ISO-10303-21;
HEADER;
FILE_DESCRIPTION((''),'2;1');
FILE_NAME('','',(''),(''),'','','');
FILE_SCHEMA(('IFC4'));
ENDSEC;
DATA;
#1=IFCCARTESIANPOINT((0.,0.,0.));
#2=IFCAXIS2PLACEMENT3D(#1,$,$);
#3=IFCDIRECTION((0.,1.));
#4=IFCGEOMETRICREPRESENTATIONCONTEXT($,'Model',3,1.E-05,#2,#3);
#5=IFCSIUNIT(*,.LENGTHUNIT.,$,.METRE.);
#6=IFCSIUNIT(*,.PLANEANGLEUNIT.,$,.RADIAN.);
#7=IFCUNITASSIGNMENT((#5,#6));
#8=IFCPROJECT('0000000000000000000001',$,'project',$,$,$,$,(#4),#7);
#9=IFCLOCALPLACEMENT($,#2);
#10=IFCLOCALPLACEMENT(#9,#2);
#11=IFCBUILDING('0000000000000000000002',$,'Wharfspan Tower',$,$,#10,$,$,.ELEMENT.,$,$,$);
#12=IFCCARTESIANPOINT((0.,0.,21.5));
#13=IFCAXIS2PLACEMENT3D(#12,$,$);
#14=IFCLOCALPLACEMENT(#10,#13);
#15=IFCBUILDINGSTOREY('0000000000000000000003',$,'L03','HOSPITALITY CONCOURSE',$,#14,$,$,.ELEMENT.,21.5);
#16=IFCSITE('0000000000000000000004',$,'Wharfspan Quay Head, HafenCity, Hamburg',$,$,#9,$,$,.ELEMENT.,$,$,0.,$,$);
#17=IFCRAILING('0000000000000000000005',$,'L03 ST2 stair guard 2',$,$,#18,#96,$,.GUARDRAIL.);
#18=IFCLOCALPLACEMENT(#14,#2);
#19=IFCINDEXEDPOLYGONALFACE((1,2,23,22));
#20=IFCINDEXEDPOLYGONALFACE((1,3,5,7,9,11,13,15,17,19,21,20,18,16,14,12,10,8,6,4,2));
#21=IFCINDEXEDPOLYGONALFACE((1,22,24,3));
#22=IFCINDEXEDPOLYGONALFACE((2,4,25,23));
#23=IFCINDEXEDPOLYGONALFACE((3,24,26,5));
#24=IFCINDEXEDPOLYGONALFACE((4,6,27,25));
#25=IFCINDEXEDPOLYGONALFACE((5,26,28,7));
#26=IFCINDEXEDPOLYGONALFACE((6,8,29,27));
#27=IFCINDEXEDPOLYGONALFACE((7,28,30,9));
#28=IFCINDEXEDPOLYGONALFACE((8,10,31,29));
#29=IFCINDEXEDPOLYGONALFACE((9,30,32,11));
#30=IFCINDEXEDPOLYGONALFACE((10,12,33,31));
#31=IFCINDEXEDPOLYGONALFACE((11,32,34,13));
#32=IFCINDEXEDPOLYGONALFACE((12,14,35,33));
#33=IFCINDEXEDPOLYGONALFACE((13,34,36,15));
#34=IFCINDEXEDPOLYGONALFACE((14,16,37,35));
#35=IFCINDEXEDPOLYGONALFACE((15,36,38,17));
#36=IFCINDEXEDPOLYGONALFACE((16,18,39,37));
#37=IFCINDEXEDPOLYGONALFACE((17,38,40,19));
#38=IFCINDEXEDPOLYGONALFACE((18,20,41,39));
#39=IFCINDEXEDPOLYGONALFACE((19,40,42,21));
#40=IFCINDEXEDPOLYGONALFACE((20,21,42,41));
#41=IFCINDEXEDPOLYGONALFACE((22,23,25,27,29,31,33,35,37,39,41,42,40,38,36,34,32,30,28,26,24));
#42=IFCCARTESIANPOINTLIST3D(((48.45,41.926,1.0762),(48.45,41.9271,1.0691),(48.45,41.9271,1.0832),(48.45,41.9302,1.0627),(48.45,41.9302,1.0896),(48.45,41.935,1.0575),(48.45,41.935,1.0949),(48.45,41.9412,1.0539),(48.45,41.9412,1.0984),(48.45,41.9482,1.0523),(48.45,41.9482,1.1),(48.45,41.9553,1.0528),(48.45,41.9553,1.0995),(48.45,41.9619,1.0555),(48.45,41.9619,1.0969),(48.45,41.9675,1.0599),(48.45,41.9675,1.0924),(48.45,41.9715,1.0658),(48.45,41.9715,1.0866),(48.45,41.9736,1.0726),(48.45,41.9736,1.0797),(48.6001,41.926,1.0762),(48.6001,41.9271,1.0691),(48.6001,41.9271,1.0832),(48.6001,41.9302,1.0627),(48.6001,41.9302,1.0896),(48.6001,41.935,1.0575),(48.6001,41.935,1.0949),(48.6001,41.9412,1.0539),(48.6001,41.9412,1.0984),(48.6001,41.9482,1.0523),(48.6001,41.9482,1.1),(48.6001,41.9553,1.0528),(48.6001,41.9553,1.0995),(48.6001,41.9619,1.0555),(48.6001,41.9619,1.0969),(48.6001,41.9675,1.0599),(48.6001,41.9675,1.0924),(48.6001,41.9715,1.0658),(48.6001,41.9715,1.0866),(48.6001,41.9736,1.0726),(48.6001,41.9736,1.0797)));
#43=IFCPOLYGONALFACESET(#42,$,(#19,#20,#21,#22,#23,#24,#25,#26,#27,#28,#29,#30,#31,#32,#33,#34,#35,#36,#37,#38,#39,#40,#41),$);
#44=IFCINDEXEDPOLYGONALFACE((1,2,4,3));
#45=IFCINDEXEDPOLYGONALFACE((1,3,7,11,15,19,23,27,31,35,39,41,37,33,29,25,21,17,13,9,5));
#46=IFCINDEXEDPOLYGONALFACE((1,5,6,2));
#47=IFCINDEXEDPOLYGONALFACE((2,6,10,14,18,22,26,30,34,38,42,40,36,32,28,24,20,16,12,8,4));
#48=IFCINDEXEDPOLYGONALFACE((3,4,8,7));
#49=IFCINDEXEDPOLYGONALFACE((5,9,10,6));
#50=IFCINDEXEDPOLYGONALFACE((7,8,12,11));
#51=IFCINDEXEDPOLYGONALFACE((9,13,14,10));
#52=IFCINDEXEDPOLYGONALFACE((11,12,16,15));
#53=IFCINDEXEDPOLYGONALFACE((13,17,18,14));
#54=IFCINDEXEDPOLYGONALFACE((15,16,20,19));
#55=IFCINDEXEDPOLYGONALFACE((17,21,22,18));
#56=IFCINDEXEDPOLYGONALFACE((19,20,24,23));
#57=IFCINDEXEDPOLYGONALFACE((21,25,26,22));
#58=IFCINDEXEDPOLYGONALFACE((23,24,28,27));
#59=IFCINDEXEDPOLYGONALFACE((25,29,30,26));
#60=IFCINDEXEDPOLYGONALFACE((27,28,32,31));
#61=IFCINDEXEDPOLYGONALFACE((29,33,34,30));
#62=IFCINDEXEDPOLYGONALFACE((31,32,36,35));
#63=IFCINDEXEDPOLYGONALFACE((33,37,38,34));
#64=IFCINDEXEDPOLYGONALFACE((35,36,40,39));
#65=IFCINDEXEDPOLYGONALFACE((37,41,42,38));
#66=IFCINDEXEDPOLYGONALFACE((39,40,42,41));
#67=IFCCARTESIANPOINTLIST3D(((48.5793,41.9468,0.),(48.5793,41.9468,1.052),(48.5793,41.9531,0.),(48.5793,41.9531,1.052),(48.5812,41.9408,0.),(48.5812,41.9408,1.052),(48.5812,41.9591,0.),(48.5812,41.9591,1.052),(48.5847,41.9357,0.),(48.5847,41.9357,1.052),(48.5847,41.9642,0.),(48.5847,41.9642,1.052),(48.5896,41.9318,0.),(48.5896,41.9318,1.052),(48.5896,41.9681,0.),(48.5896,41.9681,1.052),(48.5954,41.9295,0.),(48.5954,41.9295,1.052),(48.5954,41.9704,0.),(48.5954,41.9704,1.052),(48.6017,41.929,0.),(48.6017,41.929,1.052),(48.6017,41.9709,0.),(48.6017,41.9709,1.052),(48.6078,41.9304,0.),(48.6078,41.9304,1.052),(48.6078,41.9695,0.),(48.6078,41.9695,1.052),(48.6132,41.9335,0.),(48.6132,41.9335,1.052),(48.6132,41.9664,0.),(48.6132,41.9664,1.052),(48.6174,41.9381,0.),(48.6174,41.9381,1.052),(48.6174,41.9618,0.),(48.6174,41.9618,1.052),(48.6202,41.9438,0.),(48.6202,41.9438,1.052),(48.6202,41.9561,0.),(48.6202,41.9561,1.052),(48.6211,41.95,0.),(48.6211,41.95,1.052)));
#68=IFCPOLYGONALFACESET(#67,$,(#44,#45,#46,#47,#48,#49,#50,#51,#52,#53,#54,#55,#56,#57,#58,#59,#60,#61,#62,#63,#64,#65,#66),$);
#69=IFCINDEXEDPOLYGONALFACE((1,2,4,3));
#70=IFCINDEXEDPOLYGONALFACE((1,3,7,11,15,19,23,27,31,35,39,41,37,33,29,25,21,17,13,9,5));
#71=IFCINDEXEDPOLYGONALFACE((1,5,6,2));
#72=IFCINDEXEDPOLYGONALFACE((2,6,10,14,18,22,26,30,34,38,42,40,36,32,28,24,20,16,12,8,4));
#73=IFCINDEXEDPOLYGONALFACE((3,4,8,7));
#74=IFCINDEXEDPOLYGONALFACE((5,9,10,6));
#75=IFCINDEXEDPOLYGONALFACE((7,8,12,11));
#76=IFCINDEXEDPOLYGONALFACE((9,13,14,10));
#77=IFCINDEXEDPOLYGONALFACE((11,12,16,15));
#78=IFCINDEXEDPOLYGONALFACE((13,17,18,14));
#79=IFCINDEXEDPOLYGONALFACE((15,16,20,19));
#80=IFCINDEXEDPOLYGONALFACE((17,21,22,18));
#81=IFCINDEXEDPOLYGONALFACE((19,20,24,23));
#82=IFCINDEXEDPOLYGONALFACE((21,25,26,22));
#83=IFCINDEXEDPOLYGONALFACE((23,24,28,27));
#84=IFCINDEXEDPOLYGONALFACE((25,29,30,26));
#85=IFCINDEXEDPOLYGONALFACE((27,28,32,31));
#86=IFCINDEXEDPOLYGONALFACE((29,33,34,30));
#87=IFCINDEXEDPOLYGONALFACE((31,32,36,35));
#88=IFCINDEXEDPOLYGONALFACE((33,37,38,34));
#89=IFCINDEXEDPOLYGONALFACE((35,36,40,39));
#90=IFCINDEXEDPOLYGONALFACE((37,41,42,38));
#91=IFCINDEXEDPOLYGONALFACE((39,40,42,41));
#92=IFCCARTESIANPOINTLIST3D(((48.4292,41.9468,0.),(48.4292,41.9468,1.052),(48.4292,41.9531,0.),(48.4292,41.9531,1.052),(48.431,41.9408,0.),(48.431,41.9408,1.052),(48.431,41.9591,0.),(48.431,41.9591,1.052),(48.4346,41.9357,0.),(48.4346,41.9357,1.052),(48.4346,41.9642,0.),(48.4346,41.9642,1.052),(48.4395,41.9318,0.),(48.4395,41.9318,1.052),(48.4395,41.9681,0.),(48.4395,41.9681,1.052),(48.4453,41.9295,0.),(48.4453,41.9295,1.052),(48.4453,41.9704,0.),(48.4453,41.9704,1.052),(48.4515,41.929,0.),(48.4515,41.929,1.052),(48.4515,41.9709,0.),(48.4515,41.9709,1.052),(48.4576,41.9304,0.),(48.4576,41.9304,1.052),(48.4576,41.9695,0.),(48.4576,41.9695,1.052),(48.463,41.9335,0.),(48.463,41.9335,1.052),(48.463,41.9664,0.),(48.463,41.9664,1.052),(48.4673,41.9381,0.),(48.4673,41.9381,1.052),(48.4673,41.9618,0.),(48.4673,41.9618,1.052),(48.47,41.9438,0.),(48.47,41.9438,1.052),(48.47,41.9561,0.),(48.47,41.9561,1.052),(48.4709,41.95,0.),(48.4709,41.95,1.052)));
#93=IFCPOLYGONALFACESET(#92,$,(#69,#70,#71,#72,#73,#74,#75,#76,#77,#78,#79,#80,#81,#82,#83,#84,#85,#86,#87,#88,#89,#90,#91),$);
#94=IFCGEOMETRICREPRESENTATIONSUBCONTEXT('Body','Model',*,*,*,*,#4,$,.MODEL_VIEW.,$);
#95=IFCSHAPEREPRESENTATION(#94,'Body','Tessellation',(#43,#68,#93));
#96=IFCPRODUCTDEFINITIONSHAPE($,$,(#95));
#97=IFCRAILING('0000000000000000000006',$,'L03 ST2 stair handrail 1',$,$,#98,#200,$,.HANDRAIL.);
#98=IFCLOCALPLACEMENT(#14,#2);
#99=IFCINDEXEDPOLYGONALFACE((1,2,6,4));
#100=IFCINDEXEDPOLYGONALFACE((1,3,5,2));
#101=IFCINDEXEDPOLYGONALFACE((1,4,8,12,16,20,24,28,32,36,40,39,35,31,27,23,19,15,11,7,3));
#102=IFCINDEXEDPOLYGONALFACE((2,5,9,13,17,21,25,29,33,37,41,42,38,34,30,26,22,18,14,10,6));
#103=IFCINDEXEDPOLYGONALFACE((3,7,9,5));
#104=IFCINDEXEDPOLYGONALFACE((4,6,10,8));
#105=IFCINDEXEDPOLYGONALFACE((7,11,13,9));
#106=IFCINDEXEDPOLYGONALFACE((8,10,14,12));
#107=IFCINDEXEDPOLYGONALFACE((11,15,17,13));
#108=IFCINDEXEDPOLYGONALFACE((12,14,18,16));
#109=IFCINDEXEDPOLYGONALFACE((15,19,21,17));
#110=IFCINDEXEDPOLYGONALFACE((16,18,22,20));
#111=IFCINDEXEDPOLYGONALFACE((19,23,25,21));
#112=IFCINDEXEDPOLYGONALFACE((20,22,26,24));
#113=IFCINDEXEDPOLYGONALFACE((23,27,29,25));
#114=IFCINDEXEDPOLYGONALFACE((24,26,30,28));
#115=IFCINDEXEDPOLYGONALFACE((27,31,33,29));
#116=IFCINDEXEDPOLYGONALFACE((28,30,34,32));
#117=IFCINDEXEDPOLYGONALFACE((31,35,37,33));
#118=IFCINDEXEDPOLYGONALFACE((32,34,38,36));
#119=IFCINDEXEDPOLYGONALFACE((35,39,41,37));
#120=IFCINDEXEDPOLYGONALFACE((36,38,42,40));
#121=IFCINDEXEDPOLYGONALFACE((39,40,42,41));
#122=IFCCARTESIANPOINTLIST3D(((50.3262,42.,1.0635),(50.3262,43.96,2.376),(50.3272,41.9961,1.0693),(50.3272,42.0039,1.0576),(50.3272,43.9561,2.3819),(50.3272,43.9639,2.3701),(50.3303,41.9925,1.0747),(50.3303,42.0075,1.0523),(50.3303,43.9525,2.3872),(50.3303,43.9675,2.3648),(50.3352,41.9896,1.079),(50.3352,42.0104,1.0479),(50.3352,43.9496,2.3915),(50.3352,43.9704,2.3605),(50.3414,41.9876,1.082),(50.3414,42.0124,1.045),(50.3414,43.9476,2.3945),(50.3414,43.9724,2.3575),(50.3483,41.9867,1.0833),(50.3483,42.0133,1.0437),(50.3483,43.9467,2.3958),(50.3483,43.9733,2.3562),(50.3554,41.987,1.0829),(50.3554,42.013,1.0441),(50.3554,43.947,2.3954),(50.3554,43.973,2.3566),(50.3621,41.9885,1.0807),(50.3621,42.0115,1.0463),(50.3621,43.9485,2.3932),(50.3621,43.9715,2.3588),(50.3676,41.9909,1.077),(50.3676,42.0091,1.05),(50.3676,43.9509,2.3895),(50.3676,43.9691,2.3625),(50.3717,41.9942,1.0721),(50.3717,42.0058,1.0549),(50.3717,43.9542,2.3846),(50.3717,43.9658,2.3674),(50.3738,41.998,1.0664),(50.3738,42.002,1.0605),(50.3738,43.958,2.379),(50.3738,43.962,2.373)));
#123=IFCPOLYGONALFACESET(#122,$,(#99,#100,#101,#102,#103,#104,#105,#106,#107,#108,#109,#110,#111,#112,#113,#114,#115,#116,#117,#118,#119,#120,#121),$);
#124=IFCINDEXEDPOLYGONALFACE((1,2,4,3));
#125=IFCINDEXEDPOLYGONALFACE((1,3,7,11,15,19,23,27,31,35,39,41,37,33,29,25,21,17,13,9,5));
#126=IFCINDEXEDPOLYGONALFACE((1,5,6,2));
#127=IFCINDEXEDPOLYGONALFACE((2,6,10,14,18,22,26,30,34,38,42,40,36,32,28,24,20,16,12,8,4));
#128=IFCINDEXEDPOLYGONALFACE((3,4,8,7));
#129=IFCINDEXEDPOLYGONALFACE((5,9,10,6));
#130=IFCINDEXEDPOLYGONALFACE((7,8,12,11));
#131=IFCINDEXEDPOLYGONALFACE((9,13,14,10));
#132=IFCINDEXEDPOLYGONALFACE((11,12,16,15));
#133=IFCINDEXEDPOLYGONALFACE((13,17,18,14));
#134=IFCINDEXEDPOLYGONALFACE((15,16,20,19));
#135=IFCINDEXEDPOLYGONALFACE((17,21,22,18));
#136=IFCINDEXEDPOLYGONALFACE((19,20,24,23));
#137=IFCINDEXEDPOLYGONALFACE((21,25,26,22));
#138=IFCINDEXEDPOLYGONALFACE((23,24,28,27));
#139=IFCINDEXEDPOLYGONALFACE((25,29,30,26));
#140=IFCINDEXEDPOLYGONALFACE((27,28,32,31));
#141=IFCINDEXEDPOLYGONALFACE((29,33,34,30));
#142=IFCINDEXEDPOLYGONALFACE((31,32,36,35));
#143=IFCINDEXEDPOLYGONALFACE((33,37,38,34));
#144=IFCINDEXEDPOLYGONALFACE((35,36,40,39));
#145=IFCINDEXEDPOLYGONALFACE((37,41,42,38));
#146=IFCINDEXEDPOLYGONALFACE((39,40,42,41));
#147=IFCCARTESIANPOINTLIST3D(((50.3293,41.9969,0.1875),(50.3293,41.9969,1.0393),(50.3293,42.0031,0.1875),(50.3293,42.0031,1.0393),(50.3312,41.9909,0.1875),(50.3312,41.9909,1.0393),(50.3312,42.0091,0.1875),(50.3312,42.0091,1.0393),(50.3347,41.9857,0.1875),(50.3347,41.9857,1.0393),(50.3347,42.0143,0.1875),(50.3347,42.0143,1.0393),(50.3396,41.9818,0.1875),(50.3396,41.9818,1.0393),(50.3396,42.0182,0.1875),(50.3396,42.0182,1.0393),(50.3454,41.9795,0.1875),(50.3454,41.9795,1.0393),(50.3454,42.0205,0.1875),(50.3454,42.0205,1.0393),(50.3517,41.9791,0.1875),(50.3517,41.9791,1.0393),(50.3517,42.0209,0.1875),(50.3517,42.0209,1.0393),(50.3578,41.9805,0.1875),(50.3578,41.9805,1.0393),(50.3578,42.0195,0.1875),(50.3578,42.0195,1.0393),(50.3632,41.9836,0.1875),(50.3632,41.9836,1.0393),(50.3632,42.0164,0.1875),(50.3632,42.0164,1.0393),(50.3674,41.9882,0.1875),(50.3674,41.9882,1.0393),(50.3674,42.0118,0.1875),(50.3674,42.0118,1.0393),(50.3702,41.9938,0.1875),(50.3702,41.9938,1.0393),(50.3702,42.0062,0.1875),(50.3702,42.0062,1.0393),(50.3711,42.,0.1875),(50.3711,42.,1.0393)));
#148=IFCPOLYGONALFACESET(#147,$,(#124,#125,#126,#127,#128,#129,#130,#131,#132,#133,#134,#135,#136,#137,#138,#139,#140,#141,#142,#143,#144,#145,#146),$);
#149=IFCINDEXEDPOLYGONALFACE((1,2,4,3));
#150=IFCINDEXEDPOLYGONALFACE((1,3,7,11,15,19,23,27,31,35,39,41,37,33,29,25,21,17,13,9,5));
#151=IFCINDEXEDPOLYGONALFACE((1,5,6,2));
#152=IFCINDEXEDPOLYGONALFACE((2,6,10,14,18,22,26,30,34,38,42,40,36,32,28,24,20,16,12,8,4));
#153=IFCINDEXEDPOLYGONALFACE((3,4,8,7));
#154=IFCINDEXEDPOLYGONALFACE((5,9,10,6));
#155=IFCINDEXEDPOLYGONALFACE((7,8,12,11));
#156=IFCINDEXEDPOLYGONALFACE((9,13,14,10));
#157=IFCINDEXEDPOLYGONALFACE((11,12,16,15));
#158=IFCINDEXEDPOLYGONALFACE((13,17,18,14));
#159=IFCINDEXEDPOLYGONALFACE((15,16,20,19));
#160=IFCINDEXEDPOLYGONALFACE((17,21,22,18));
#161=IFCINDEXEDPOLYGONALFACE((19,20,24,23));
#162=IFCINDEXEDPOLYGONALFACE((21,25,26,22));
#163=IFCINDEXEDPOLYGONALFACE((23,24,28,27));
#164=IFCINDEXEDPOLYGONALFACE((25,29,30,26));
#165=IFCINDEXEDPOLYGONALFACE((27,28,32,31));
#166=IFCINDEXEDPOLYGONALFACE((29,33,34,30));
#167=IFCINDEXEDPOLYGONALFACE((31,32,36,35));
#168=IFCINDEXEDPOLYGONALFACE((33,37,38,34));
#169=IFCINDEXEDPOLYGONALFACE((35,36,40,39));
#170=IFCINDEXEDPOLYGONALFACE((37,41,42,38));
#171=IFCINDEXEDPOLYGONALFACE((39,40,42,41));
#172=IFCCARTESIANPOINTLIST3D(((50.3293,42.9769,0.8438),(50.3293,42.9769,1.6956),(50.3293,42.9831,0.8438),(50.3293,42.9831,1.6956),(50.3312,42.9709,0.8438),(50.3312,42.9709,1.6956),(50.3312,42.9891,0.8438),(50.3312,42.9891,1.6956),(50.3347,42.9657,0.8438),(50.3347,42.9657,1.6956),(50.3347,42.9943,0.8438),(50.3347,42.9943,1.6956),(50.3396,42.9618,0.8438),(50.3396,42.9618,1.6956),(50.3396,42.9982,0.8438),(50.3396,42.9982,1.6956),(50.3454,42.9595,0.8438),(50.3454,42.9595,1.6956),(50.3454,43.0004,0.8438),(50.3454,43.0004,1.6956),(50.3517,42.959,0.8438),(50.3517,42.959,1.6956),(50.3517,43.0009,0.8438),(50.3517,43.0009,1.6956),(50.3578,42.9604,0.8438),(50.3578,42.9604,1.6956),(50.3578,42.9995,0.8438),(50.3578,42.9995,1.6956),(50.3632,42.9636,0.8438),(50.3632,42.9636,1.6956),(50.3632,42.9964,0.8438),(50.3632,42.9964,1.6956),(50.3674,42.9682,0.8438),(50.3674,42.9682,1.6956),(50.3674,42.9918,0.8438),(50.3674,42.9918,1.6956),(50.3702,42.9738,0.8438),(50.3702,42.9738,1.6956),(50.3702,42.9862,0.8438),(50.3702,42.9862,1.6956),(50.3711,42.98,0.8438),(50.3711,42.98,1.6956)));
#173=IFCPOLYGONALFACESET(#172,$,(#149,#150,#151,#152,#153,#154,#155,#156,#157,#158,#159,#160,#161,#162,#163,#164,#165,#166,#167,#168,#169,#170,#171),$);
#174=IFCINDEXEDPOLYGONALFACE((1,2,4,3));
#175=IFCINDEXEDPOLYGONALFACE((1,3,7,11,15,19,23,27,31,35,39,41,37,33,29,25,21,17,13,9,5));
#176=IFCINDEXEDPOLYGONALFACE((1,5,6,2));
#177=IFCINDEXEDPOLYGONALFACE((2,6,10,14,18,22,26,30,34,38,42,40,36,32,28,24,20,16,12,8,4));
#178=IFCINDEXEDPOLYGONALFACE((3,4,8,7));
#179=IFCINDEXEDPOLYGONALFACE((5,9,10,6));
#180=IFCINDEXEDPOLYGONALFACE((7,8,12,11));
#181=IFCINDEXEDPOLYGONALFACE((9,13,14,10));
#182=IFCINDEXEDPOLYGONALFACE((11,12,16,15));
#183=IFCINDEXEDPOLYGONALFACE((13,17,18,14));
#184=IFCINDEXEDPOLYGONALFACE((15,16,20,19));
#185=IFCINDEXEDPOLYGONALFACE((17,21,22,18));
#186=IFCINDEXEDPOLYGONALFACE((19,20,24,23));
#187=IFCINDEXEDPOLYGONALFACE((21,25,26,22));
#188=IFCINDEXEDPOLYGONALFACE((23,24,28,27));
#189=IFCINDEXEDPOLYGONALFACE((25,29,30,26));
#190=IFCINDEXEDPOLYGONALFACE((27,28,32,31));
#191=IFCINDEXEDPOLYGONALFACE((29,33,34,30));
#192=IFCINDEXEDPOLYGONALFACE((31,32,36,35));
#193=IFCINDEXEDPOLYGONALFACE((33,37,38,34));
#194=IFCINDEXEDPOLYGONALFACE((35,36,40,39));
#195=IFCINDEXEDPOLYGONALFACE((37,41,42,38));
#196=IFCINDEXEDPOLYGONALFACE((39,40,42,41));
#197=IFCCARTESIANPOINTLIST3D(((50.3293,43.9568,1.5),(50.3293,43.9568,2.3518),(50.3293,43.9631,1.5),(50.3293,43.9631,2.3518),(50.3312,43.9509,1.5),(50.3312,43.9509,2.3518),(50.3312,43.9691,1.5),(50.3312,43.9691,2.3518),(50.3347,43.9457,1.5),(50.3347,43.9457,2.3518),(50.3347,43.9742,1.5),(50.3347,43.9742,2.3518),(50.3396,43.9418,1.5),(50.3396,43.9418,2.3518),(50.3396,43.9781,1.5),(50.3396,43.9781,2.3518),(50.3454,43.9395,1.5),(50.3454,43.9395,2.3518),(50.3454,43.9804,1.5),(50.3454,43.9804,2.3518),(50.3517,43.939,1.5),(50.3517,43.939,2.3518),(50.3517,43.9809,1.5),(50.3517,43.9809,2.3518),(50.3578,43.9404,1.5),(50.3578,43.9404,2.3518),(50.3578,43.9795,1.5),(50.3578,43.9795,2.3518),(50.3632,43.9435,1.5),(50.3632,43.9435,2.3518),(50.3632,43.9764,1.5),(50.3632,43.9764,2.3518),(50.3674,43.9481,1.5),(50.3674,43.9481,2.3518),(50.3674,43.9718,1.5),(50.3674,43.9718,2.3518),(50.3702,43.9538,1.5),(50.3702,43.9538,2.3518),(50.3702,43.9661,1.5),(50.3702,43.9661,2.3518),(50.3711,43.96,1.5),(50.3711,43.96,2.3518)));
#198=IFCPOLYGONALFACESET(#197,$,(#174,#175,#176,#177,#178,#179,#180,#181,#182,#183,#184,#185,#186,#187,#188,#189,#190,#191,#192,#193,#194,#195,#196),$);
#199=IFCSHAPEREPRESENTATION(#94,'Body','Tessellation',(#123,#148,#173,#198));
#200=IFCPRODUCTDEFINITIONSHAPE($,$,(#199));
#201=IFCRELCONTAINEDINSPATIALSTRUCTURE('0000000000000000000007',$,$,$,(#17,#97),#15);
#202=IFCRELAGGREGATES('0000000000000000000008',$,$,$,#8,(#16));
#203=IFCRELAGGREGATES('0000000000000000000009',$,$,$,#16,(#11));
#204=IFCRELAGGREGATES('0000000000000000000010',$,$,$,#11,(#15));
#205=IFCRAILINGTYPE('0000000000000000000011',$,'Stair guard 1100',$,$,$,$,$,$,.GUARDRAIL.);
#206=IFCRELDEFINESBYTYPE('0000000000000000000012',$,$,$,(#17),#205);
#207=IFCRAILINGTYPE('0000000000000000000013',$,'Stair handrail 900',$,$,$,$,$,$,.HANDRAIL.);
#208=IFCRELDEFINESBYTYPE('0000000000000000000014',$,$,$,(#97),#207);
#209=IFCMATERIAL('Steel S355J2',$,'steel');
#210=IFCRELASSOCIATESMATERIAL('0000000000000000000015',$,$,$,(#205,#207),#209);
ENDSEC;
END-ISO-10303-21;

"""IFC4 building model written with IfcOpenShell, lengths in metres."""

from ifc_helpers import new_model, si_unit, direction, frame, origin, origin_2d, place, context, subcontext, project, spatial, circle, extrude, material, type_object, element, save


model = new_model("IFC4")

# Units and contexts
model_context = context("Model", 3, precision=1e-05, world=origin(), true_north=direction((0.0, 1.0)))
body_context = subcontext(model_context, "Body", "Model", "MODEL_VIEW")
ifc_project = project(units=[si_unit("LENGTHUNIT", "METRE"), si_unit("PLANEANGLEUNIT", "RADIAN")], contexts=[model_context])

# Site, building, storey
site_placement = place(None, origin())
site = spatial("IfcSite", under=ifc_project, at=site_placement, Name="Wharfspan Quay Head, HafenCity, Hamburg", CompositionType="ELEMENT", RefElevation=0.0)
building_placement = place(site_placement, origin())
building = spatial("IfcBuilding", under=site, at=building_placement, Name="Wharfspan Tower", CompositionType="ELEMENT")
storey_placement = place(building_placement, frame((0.0, 0.0, 21.5)))
storey = spatial("IfcBuildingStorey", under=building, at=storey_placement, Name="L03", Description="HOSPITALITY CONCOURSE", CompositionType="ELEMENT", Elevation=21.5)

# Railings
ifc_material_1 = material(Name="Steel S355J2", Category="steel")
railing_type_1 = type_object("IfcRailingType", Name="Stair guard 1100", PredefinedType="GUARDRAIL", material=ifc_material_1)
railing_1_placement = place(storey_placement, frame((48.6001, 41.95, 0.0)))
element("IfcRailing", 1, at=railing_1_placement, inside=storey, type_object=railing_type_1, Name="L03 ST2 stair guard 2", PredefinedType="GUARDRAIL", context=body_context, shape_type="SweptSolid", body=[
    extrude(circle(Radius=0.0239, at=origin_2d()), frame((0.0, 0.0, 1.0762), z_axis=(-1.0, 0.0, 0.0), x_axis=(0.0, -1.0, 0.0)), (0.0, 0.0, 1.0), 0.1501),
    extrude(circle(Radius=0.021, at=origin_2d()), origin(), (0.0, 0.0, 1.0), 1.052),
    extrude(circle(Radius=0.021, at=origin_2d()), frame((-0.1501, 0.0, 0.0)), (0.0, 0.0, 1.0), 1.052),
])
railing_type_2 = type_object("IfcRailingType", Name="Stair handrail 900", PredefinedType="HANDRAIL", material=ifc_material_1)
railing_2_placement = place(storey_placement, frame((50.3501, 42.0, 0.1875)))
element("IfcRailing", 2, at=railing_2_placement, inside=storey, type_object=railing_type_2, Name="L03 ST2 stair handrail 1", PredefinedType="HANDRAIL", context=body_context, shape_type="SweptSolid", body=[
    extrude(circle(Radius=0.0239, at=origin_2d()), frame((0.0, 0.0, 0.876), z_axis=(0.0, 0.830902, 0.556419), x_axis=(-1.0, 0.0, 0.0)), (0.0, 0.0, 1.0), 2.3589),
    extrude(circle(Radius=0.021, at=origin_2d()), origin(), (0.0, 0.0, 1.0), 0.8518),
    extrude(circle(Radius=0.021, at=origin_2d()), frame((0.0, 0.98, 0.6562)), (0.0, 0.0, 1.0), 0.8518),
    extrude(circle(Radius=0.021, at=origin_2d()), frame((0.0, 1.96, 1.3125)), (0.0, 0.0, 1.0), 0.8518),
])

save(model, "model.ifc")
